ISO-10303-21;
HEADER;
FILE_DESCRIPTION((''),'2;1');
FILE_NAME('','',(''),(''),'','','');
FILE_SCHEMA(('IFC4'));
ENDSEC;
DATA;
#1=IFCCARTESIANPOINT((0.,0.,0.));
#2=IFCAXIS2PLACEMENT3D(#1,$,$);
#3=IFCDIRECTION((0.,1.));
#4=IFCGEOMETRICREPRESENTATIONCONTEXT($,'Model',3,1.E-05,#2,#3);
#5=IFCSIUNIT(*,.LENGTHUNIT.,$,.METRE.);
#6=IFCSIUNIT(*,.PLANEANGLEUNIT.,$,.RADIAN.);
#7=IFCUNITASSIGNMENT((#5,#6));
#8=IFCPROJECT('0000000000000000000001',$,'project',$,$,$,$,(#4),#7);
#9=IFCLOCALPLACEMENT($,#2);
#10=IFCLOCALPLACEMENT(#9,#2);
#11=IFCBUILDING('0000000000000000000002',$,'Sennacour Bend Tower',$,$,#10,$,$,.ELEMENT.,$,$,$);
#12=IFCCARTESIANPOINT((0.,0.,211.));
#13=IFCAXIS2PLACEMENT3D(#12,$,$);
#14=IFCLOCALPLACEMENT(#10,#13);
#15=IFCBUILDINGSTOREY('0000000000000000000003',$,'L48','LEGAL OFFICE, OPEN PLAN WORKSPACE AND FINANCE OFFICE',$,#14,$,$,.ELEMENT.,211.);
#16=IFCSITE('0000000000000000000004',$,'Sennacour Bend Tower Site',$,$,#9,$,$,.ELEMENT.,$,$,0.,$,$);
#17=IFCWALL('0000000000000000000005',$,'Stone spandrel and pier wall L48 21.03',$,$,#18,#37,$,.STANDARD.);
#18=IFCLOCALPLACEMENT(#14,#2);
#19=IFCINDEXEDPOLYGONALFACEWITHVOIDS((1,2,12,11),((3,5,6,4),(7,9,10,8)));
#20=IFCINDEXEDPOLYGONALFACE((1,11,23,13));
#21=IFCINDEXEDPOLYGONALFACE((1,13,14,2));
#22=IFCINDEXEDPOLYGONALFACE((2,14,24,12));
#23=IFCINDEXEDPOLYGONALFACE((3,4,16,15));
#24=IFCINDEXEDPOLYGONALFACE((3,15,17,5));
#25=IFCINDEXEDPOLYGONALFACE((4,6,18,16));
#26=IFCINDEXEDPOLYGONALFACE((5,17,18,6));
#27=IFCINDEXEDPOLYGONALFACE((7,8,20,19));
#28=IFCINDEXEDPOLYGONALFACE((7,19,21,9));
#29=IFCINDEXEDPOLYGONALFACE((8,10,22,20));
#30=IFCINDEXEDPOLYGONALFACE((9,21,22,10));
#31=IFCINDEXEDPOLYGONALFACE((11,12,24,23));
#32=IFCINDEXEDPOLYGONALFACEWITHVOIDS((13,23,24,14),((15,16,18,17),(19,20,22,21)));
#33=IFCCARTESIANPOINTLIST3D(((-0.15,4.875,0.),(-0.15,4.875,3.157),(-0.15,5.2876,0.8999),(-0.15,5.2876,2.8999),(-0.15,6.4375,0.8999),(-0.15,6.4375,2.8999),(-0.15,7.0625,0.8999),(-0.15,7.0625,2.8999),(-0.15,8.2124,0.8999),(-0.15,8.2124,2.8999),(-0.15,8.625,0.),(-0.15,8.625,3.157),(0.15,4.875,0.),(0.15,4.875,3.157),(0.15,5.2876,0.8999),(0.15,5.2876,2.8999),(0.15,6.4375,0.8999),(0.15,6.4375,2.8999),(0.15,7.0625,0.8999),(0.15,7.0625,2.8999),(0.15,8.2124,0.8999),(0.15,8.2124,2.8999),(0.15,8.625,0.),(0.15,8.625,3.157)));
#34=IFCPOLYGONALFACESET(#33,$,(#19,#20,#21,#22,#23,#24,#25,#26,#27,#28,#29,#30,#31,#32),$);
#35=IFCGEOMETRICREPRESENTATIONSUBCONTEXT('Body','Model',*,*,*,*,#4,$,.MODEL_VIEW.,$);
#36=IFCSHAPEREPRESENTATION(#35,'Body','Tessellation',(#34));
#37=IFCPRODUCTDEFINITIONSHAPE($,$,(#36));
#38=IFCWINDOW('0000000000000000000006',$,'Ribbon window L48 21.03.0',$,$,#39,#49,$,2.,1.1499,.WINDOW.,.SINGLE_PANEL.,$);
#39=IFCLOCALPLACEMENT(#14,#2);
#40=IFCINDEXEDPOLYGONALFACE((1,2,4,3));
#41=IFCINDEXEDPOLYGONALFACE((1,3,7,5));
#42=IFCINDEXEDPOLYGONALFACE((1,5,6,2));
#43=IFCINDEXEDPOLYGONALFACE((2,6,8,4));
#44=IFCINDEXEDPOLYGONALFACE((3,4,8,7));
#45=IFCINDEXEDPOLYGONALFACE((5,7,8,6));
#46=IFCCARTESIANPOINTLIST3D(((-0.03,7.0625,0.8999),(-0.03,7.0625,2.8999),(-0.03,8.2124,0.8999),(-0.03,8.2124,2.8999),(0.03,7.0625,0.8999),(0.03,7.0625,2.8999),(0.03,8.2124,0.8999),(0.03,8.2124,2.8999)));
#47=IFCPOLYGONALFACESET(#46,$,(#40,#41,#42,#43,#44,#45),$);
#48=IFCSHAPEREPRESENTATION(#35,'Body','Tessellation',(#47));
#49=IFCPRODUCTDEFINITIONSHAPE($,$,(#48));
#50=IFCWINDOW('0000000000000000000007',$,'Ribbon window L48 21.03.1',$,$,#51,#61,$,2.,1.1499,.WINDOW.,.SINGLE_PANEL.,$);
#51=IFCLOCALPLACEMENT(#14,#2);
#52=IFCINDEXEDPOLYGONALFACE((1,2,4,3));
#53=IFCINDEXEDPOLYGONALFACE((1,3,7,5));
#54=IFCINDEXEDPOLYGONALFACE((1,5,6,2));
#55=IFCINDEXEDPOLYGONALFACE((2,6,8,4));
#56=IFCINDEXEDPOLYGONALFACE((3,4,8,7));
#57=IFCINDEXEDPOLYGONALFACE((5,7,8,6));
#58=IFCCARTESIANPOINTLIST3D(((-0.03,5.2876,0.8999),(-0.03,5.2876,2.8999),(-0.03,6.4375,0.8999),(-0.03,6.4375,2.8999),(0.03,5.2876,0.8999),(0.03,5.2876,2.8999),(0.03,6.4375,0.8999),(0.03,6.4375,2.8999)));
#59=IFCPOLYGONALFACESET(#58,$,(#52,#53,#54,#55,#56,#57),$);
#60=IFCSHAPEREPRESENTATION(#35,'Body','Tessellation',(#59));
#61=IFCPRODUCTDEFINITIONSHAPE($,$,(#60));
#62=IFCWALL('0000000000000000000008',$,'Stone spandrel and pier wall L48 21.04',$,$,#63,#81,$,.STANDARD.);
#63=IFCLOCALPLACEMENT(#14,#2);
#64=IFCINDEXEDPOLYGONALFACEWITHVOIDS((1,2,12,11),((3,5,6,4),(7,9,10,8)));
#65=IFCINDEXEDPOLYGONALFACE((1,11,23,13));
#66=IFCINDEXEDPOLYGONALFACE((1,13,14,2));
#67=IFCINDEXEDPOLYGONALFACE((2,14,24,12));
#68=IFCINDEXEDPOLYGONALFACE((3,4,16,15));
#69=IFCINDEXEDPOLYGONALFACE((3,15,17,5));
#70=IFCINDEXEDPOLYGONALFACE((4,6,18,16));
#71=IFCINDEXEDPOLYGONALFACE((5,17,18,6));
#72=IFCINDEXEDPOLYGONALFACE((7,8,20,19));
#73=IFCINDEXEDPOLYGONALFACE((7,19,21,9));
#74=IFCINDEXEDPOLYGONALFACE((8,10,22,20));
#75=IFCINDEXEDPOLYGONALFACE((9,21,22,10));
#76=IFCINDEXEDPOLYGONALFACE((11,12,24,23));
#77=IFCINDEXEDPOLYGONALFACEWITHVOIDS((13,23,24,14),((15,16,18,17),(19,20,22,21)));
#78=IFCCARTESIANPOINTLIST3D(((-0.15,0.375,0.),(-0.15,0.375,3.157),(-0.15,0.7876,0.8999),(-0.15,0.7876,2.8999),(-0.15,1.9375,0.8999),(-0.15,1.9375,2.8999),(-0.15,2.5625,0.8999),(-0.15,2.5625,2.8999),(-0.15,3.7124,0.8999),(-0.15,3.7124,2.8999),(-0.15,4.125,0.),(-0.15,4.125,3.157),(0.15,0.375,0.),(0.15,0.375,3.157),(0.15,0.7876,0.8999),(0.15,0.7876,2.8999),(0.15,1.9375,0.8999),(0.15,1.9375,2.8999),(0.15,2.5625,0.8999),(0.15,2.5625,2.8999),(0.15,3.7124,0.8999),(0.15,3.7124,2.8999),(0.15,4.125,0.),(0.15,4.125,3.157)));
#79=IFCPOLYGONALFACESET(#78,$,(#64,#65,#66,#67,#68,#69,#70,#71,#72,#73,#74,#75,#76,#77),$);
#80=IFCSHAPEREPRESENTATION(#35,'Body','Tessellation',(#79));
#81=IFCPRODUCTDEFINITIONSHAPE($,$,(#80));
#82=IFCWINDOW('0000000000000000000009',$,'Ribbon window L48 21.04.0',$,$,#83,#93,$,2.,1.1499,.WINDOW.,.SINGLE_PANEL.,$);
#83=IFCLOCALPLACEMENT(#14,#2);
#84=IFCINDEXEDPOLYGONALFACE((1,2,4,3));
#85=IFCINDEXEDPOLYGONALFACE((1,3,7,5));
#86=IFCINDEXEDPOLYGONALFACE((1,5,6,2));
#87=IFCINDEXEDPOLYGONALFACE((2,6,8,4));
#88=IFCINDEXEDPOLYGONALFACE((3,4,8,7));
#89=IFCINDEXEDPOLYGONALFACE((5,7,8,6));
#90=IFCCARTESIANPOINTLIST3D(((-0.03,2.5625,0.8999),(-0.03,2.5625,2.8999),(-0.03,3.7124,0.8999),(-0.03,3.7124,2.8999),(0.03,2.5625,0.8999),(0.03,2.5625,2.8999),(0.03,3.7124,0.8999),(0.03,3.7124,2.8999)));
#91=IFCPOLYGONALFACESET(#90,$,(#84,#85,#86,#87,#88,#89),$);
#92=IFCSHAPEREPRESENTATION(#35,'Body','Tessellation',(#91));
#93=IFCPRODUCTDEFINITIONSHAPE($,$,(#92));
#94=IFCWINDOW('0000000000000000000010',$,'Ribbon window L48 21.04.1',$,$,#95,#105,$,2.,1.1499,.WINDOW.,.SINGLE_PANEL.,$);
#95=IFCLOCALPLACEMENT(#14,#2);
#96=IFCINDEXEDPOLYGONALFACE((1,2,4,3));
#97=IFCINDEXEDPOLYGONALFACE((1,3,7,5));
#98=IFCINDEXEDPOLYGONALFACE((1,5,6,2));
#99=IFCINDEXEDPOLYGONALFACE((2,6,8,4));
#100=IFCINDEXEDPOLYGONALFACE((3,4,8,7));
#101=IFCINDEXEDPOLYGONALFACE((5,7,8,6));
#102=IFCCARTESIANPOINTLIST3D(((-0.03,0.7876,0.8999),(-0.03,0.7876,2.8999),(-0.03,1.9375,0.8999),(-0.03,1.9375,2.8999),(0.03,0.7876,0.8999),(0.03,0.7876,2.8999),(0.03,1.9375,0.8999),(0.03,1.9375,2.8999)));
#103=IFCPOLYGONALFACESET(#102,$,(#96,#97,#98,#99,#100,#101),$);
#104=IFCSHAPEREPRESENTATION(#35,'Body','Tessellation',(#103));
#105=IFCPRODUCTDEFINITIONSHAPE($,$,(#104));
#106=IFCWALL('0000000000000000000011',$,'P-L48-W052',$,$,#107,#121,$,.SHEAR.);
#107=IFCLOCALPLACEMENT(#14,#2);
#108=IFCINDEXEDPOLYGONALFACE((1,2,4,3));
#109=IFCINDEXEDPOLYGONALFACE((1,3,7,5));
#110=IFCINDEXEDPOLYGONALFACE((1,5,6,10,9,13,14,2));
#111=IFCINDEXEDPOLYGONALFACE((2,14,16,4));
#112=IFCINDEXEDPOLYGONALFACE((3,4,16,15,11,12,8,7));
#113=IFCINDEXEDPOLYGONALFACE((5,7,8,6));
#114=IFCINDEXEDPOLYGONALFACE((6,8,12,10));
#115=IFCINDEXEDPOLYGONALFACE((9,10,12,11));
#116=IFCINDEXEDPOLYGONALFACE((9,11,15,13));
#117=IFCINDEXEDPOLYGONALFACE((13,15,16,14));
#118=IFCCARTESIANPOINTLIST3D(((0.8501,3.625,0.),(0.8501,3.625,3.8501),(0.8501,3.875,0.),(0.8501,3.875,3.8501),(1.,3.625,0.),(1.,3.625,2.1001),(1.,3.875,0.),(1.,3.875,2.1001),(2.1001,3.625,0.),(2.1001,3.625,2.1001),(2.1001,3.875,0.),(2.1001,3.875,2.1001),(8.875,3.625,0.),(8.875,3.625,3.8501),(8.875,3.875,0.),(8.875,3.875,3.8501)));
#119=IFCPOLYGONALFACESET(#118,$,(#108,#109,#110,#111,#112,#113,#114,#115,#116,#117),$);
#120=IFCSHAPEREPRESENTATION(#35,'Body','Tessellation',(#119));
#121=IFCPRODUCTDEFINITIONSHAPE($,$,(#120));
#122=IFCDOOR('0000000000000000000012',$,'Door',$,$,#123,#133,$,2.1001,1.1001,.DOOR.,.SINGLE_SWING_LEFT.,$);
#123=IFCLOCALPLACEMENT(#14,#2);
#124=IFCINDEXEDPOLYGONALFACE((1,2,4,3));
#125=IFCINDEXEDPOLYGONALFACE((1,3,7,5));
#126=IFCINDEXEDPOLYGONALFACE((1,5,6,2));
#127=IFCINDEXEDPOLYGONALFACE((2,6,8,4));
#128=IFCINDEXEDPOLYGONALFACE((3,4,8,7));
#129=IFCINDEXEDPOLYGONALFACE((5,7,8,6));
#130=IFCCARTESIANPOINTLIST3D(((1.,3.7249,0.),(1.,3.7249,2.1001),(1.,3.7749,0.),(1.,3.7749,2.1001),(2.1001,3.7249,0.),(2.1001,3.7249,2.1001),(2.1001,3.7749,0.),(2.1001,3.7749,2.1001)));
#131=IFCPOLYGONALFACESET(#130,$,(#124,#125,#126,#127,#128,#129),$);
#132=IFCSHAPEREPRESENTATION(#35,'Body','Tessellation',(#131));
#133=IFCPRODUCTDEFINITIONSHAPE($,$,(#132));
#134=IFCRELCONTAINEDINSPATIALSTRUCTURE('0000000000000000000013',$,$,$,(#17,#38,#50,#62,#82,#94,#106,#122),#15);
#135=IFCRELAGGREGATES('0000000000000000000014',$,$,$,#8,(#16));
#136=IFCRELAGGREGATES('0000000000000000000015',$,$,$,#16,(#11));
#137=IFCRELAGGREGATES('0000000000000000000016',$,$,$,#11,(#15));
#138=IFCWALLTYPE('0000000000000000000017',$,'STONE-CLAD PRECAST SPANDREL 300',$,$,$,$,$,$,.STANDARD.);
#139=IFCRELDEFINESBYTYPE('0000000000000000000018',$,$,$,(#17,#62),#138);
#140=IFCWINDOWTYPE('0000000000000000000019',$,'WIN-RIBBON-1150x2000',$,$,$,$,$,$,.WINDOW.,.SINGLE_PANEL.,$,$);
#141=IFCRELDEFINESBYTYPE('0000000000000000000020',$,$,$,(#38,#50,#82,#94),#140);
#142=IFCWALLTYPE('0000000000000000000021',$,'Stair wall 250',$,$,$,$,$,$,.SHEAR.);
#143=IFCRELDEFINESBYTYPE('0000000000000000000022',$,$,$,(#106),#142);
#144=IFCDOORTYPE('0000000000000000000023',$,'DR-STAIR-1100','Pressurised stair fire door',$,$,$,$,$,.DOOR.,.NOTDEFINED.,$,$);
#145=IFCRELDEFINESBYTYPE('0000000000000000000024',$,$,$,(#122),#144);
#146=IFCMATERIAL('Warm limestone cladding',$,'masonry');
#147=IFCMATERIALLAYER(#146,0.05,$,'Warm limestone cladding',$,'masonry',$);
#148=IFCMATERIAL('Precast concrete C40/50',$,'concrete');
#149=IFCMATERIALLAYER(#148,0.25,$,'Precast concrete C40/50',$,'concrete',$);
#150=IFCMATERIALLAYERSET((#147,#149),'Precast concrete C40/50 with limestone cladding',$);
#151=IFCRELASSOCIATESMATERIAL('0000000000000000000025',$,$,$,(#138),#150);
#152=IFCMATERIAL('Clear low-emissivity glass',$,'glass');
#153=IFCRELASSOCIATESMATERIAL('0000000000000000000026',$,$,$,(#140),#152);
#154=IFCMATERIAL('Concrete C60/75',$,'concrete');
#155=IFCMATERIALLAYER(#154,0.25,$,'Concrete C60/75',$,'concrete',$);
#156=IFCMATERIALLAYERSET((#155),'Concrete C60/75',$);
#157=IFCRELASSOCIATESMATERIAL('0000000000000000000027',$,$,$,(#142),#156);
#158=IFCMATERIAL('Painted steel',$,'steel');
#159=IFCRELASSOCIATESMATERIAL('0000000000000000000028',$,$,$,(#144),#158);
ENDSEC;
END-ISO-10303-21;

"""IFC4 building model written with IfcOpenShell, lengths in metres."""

from ifc_helpers import new_model, si_unit, direction, frame, frame_2d, origin, place, context, subcontext, project, spatial, rectangle, extrude, material, layer, layer_set, type_object, element, fill, save


model = new_model("IFC4")

# Units and contexts
model_context = context("Model", 3, precision=1e-05, world=origin(), true_north=direction((0.0, 1.0)))
body_context = subcontext(model_context, "Body", "Model", "MODEL_VIEW")
ifc_project = project(units=[si_unit("LENGTHUNIT", "METRE"), si_unit("PLANEANGLEUNIT", "RADIAN")], contexts=[model_context])

# Site, building, storey
site_placement = place(None, origin())
site = spatial("IfcSite", under=ifc_project, at=site_placement, Name="Sennacour Bend Tower Site", CompositionType="ELEMENT", RefElevation=0.0)
building_placement = place(site_placement, origin())
building = spatial("IfcBuilding", under=site, at=building_placement, Name="Sennacour Bend Tower", CompositionType="ELEMENT")
storey_placement = place(building_placement, frame((0.0, 0.0, 211.0)))
storey = spatial("IfcBuildingStorey", under=building, at=storey_placement, Name="L48", Description="LEGAL OFFICE, OPEN PLAN WORKSPACE AND FINANCE OFFICE", CompositionType="ELEMENT", Elevation=211.0)

# Walls, openings, windows
ifc_material_1 = material(Name="Warm limestone cladding", Category="masonry")
ifc_layer_1 = layer(ifc_material_1, 0.05, Name="Warm limestone cladding", Category="masonry")
ifc_material_2 = material(Name="Precast concrete C40/50", Category="concrete")
ifc_layer_2 = layer(ifc_material_2, 0.25, Name="Precast concrete C40/50", Category="concrete")
ifc_layer_set_1 = layer_set([ifc_layer_1, ifc_layer_2], Name="Precast concrete C40/50 with limestone cladding")
wall_type_1 = type_object("IfcWallType", Name="STONE-CLAD PRECAST SPANDREL 300", PredefinedType="STANDARD", material=ifc_layer_set_1)
wall_1_placement = place(storey_placement, frame((0.0, 8.625, 0.0), z_axis=(0.0, 0.0, 1.0), x_axis=(0.0, -1.0, 0.0)))
wall_1 = element("IfcWall", 1, at=wall_1_placement, inside=storey, type_object=wall_type_1, Name="Stone spandrel and pier wall L48 21.03", PredefinedType="STANDARD", context=body_context, shape_type="SweptSolid", body=[
    extrude(rectangle(XDim=3.75, YDim=0.3, at=frame_2d((1.875, 0.0))), origin(), (0.0, 0.0, 1.0), 3.157),
])
opening_1_placement = place(wall_1_placement, frame((0.4126, 0.0, 0.8999)))
opening_1 = element("IfcOpeningElement", 2, at=opening_1_placement, cuts=wall_1, PredefinedType="OPENING", context=body_context, shape_type="SweptSolid", body=[
    extrude(rectangle(XDim=1.1499, YDim=2.0, at=frame_2d((0.575, 1.0))), frame((0.0, 0.1602, 0.0), z_axis=(0.0, -1.0, 0.0), x_axis=(1.0, 0.0, 0.0)), (0.0, 0.0, 1.0), 0.3201),
])
opening_2_placement = place(wall_1_placement, frame((2.1875, 0.0, 0.8999)))
opening_2 = element("IfcOpeningElement", 3, at=opening_2_placement, cuts=wall_1, PredefinedType="OPENING", context=body_context, shape_type="SweptSolid", body=[
    extrude(rectangle(XDim=1.1499, YDim=2.0, at=frame_2d((0.575, 1.0))), frame((0.0, 0.1602, 0.0), z_axis=(0.0, -1.0, 0.0), x_axis=(1.0, 0.0, 0.0)), (0.0, 0.0, 1.0), 0.3201),
])
ifc_material_3 = material(Name="Clear low-emissivity glass", Category="glass")
window_type = type_object("IfcWindowType", Name="WIN-RIBBON-1150x2000", PartitioningType="SINGLE_PANEL", PredefinedType="WINDOW", material=ifc_material_3)
window_1_placement = place(opening_1_placement, origin())
window_1 = element("IfcWindow", 4, at=window_1_placement, inside=storey, type_object=window_type, Name="Ribbon window L48 21.03.0", OverallHeight=2.0, OverallWidth=1.1499, PartitioningType="SINGLE_PANEL", PredefinedType="WINDOW", context=body_context, shape_type="SweptSolid", body=[
    extrude(rectangle(XDim=1.1499, YDim=2.0, at=frame_2d((0.575, 1.0))), frame((0.0, 0.03, 0.0), z_axis=(0.0, -1.0, 0.0), x_axis=(1.0, 0.0, 0.0)), (0.0, 0.0, 1.0), 0.0601),
])
fill(opening_1, window_1)
window_2_placement = place(opening_2_placement, origin())
window_2 = element("IfcWindow", 5, at=window_2_placement, inside=storey, type_object=window_type, Name="Ribbon window L48 21.03.1", OverallHeight=2.0, OverallWidth=1.1499, PartitioningType="SINGLE_PANEL", PredefinedType="WINDOW", context=body_context, shape_type="SweptSolid", body=[
    extrude(rectangle(XDim=1.1499, YDim=2.0, at=frame_2d((0.575, 1.0))), frame((0.0, 0.03, 0.0), z_axis=(0.0, -1.0, 0.0), x_axis=(1.0, 0.0, 0.0)), (0.0, 0.0, 1.0), 0.0601),
])
fill(opening_2, window_2)
wall_2_placement = place(storey_placement, frame((0.0, 4.125, 0.0), z_axis=(0.0, 0.0, 1.0), x_axis=(0.0, -1.0, 0.0)))
wall_2 = element("IfcWall", 6, at=wall_2_placement, inside=storey, type_object=wall_type_1, Name="Stone spandrel and pier wall L48 21.04", PredefinedType="STANDARD", context=body_context, shape_type="SweptSolid", body=[
    extrude(rectangle(XDim=3.75, YDim=0.3, at=frame_2d((1.875, 0.0))), origin(), (0.0, 0.0, 1.0), 3.157),
])
opening_3_placement = place(wall_2_placement, frame((0.4126, 0.0, 0.8999)))
opening_3 = element("IfcOpeningElement", 7, at=opening_3_placement, cuts=wall_2, PredefinedType="OPENING", context=body_context, shape_type="SweptSolid", body=[
    extrude(rectangle(XDim=1.1499, YDim=2.0, at=frame_2d((0.575, 1.0))), frame((0.0, 0.1602, 0.0), z_axis=(0.0, -1.0, 0.0), x_axis=(1.0, 0.0, 0.0)), (0.0, 0.0, 1.0), 0.3201),
])
opening_4_placement = place(wall_2_placement, frame((2.1875, 0.0, 0.8999)))
opening_4 = element("IfcOpeningElement", 8, at=opening_4_placement, cuts=wall_2, PredefinedType="OPENING", context=body_context, shape_type="SweptSolid", body=[
    extrude(rectangle(XDim=1.1499, YDim=2.0, at=frame_2d((0.575, 1.0))), frame((0.0, 0.1602, 0.0), z_axis=(0.0, -1.0, 0.0), x_axis=(1.0, 0.0, 0.0)), (0.0, 0.0, 1.0), 0.3201),
])
window_3_placement = place(opening_3_placement, origin())
window_3 = element("IfcWindow", 9, at=window_3_placement, inside=storey, type_object=window_type, Name="Ribbon window L48 21.04.0", OverallHeight=2.0, OverallWidth=1.1499, PartitioningType="SINGLE_PANEL", PredefinedType="WINDOW", context=body_context, shape_type="SweptSolid", body=[
    extrude(rectangle(XDim=1.1499, YDim=2.0, at=frame_2d((0.575, 1.0))), frame((0.0, 0.03, 0.0), z_axis=(0.0, -1.0, 0.0), x_axis=(1.0, 0.0, 0.0)), (0.0, 0.0, 1.0), 0.0601),
])
fill(opening_3, window_3)
window_4_placement = place(opening_4_placement, origin())
window_4 = element("IfcWindow", 10, at=window_4_placement, inside=storey, type_object=window_type, Name="Ribbon window L48 21.04.1", OverallHeight=2.0, OverallWidth=1.1499, PartitioningType="SINGLE_PANEL", PredefinedType="WINDOW", context=body_context, shape_type="SweptSolid", body=[
    extrude(rectangle(XDim=1.1499, YDim=2.0, at=frame_2d((0.575, 1.0))), frame((0.0, 0.03, 0.0), z_axis=(0.0, -1.0, 0.0), x_axis=(1.0, 0.0, 0.0)), (0.0, 0.0, 1.0), 0.0601),
])
fill(opening_4, window_4)

# Wall, opening, door
ifc_material_4 = material(Name="Concrete C60/75", Category="concrete")
ifc_layer_3 = layer(ifc_material_4, 0.25, Name="Concrete C60/75", Category="concrete")
ifc_layer_set_2 = layer_set([ifc_layer_3], Name="Concrete C60/75")
wall_type_2 = type_object("IfcWallType", Name="Stair wall 250", PredefinedType="SHEAR", material=ifc_layer_set_2)
wall_3_placement = place(storey_placement, frame((0.8501, 3.75, 0.0), z_axis=(0.0, 0.0, 1.0), x_axis=(1.0, 0.0, 0.0)))
wall_3 = element("IfcWall", 11, at=wall_3_placement, inside=storey, type_object=wall_type_2, Name="P-L48-W052", PredefinedType="SHEAR", context=body_context, shape_type="SweptSolid", body=[
    extrude(rectangle(XDim=8.0249, YDim=0.25, at=frame_2d((4.0125, 0.0))), origin(), (0.0, 0.0, 1.0), 3.8501),
])
opening_5_placement = place(wall_3_placement, frame((0.1499, 0.0, 0.0)))
opening_5 = element("IfcOpeningElement", 12, at=opening_5_placement, cuts=wall_3, PredefinedType="OPENING", context=body_context, shape_type="SweptSolid", body=[
    extrude(rectangle(XDim=1.1001, YDim=2.1001, at=frame_2d((0.55, 1.05))), frame((0.0, 0.135, 0.0), z_axis=(0.0, -1.0, 0.0), x_axis=(1.0, 0.0, 0.0)), (0.0, 0.0, 1.0), 0.27),
])
ifc_material_5 = material(Name="Painted steel", Category="steel")
door_type = type_object("IfcDoorType", Name="DR-STAIR-1100", Description="Pressurised stair fire door", OperationType="NOTDEFINED", PredefinedType="DOOR", material=ifc_material_5)
door_placement = place(opening_5_placement, origin())
door = element("IfcDoor", 13, at=door_placement, inside=storey, type_object=door_type, Name="Door", OperationType="SINGLE_SWING_LEFT", OverallHeight=2.1001, OverallWidth=1.1001, PredefinedType="DOOR", context=body_context, shape_type="SweptSolid", body=[
    extrude(rectangle(XDim=1.1001, YDim=2.1001, at=frame_2d((0.55, 1.05))), frame((0.0, 0.0249, 0.0), z_axis=(0.0, -1.0, 0.0), x_axis=(1.0, 0.0, 0.0)), (0.0, 0.0, 1.0), 0.05),
])
fill(opening_5, door)

save(model, "model.ifc")
